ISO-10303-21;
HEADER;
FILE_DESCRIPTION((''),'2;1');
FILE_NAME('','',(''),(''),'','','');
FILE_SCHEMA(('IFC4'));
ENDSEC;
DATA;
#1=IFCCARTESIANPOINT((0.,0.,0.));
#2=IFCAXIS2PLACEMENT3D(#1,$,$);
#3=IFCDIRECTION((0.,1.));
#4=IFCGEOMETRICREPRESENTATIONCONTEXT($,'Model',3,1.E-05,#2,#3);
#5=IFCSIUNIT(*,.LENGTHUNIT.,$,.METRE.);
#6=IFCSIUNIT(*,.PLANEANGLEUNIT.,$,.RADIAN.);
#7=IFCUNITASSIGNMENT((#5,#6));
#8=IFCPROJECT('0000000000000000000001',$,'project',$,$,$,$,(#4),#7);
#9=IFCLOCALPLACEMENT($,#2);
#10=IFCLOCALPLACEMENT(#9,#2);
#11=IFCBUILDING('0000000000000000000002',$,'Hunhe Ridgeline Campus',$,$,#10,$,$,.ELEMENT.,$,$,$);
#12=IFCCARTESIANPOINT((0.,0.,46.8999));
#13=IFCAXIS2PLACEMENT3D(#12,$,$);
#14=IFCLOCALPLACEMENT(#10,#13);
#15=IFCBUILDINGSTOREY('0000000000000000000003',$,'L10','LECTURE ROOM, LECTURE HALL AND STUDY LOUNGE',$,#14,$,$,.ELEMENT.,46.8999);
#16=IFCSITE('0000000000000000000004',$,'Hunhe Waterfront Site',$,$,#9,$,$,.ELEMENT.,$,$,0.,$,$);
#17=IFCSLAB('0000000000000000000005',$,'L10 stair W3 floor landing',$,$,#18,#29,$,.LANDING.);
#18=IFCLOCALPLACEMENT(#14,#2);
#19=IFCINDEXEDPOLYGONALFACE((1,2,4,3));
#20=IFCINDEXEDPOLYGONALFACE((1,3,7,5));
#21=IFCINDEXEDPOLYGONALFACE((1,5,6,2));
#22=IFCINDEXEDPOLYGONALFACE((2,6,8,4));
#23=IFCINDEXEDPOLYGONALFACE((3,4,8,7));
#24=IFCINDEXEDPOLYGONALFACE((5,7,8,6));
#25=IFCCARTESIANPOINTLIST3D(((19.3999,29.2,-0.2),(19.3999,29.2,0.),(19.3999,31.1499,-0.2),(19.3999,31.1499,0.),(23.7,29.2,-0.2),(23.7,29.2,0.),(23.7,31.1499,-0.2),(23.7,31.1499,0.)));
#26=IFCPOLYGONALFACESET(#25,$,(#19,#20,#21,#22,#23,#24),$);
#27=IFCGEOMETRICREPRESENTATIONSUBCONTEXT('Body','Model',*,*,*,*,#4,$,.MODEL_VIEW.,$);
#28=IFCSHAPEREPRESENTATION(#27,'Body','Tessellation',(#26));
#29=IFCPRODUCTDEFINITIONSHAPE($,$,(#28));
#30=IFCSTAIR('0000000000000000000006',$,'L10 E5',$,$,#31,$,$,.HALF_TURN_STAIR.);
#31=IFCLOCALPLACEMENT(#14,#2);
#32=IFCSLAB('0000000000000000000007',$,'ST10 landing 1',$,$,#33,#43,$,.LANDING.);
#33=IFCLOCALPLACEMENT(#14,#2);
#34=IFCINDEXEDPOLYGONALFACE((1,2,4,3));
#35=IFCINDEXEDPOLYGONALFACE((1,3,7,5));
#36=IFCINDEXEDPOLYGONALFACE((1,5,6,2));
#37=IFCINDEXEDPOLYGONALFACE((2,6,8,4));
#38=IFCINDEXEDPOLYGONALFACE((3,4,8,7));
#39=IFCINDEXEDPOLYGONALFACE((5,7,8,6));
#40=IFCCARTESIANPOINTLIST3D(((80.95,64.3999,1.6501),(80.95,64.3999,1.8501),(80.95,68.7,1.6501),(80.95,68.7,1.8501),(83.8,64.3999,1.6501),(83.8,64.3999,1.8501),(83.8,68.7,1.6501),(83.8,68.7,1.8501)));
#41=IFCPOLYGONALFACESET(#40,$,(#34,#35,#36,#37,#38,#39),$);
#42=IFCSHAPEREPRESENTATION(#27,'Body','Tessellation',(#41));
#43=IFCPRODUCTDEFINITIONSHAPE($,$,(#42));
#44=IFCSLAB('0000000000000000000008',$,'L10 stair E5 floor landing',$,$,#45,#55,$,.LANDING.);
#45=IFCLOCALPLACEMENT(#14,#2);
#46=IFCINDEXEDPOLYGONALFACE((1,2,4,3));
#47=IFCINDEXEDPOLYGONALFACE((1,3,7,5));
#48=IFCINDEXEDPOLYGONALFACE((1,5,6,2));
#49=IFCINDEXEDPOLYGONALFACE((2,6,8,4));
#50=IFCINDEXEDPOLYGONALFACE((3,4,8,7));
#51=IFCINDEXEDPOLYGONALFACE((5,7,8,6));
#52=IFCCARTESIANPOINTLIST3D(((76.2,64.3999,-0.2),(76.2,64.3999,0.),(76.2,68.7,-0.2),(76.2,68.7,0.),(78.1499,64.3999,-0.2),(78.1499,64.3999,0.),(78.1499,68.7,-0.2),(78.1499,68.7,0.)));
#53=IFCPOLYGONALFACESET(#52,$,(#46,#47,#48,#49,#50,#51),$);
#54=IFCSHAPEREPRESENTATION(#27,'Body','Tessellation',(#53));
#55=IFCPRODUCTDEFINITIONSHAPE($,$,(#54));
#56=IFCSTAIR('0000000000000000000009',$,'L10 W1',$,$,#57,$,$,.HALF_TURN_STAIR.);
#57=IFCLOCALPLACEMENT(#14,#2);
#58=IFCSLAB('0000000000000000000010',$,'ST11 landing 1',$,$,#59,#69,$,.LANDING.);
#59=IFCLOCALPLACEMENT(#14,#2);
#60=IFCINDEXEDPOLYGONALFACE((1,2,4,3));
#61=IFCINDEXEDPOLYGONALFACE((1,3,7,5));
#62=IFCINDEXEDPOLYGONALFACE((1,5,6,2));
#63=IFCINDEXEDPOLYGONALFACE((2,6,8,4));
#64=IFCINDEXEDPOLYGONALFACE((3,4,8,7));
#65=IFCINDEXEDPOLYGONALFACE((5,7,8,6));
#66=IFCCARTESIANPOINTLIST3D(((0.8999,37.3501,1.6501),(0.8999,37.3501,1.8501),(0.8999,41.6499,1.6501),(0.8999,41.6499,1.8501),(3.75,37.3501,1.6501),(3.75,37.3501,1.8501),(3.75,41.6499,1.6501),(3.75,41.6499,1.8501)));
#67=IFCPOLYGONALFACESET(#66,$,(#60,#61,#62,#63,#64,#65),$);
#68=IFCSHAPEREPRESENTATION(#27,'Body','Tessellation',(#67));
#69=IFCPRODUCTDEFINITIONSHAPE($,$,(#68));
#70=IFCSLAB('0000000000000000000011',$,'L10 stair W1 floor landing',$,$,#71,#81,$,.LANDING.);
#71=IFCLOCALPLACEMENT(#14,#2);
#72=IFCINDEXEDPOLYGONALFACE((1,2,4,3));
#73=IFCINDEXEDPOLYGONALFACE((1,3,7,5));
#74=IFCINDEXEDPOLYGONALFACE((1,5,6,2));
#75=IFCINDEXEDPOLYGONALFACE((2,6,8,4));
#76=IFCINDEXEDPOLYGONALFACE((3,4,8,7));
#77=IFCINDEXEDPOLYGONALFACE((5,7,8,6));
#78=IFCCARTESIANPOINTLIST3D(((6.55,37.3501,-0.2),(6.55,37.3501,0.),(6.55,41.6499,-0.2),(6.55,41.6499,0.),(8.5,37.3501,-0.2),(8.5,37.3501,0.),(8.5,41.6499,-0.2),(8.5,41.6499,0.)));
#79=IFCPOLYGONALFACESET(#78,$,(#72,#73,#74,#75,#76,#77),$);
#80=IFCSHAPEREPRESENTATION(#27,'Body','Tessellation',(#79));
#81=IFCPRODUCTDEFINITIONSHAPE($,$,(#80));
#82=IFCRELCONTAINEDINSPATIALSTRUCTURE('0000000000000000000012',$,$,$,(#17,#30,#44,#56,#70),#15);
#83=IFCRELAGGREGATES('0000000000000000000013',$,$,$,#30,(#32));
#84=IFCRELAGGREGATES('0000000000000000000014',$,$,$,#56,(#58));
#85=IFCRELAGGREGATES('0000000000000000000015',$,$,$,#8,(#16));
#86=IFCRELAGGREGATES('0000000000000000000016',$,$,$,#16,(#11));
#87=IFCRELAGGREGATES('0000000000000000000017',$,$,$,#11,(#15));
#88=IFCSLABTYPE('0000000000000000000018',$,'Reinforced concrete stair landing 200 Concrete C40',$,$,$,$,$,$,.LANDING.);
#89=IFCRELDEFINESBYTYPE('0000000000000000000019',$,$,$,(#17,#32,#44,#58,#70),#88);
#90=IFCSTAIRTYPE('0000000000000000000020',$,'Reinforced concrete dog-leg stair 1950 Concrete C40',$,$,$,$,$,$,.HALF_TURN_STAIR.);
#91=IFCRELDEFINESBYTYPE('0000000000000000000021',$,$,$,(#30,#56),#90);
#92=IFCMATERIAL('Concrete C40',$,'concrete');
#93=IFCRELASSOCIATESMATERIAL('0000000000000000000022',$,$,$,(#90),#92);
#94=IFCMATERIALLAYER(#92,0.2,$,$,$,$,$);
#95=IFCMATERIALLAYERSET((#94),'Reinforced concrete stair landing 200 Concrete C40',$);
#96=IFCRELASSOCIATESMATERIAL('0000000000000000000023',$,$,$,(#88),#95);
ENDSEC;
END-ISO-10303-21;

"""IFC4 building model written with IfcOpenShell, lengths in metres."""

from ifc_helpers import new_model, si_unit, direction, frame, origin, place, context, subcontext, project, spatial, polyline, outline, extrude, material, layer, layer_set, type_object, element, aggregate, save


model = new_model("IFC4")

# Units and contexts
model_context = context("Model", 3, precision=1e-05, world=origin(), true_north=direction((0.0, 1.0)))
body_context = subcontext(model_context, "Body", "Model", "MODEL_VIEW")
ifc_project = project(units=[si_unit("LENGTHUNIT", "METRE"), si_unit("PLANEANGLEUNIT", "RADIAN")], contexts=[model_context])

# Site, building, storey
site_placement = place(None, origin())
site = spatial("IfcSite", under=ifc_project, at=site_placement, Name="Hunhe Waterfront Site", CompositionType="ELEMENT", RefElevation=0.0)
building_placement = place(site_placement, origin())
building = spatial("IfcBuilding", under=site, at=building_placement, Name="Hunhe Ridgeline Campus", CompositionType="ELEMENT")
storey_placement = place(building_placement, frame((0.0, 0.0, 46.8999)))
storey = spatial("IfcBuildingStorey", under=building, at=storey_placement, Name="L10", Description="LECTURE ROOM, LECTURE HALL AND STUDY LOUNGE", CompositionType="ELEMENT", Elevation=46.8999)

# Shared definitions
ifc_material_1 = material(Name="Concrete C40", Category="concrete")

# Shared definitions
stair_type = type_object("IfcStairType", Name="Reinforced concrete dog-leg stair 1950 Concrete C40", PredefinedType="HALF_TURN_STAIR", material=ifc_material_1)
ifc_layer_1 = layer(ifc_material_1, 0.2)
ifc_layer_set_1 = layer_set([ifc_layer_1], Name="Reinforced concrete stair landing 200 Concrete C40")
slab_type_1 = type_object("IfcSlabType", Name="Reinforced concrete stair landing 200 Concrete C40", PredefinedType="LANDING", material=ifc_layer_set_1)

# Slab
slab_1_placement = place(storey_placement, frame((0.0, 0.0, -0.2)))
element("IfcSlab", 1, at=slab_1_placement, inside=storey, type_object=slab_type_1, Name="L10 stair W3 floor landing", PredefinedType="LANDING", context=body_context, shape_type="SweptSolid", body=[
    extrude(outline(polyline([(23.7, 29.2), (23.7, 31.1499), (19.3999, 31.1499), (19.3999, 29.2), (23.7, 29.2)])), origin(), (0.0, 0.0, 1.0), 0.2),
])

# Stair, slab
stair_1_placement = place(storey_placement, origin())
stair_1 = element("IfcStair", 2, at=stair_1_placement, inside=storey, type_object=stair_type, Name="L10 E5", PredefinedType="HALF_TURN_STAIR")
slab_2_placement = place(storey_placement, frame((0.0, 0.0, 1.6501)))
slab_2 = element("IfcSlab", 3, at=slab_2_placement, type_object=slab_type_1, Name="ST10 landing 1", PredefinedType="LANDING", context=body_context, shape_type="SweptSolid", body=[
    extrude(outline(polyline([(80.95, 64.3999), (83.8, 64.3999), (83.8, 68.7), (80.95, 68.7), (80.95, 64.3999)])), origin(), (0.0, 0.0, 1.0), 0.2),
])
aggregate(stair_1, [slab_2])

# Slab
slab_3_placement = place(storey_placement, frame((0.0, 0.0, -0.2)))
element("IfcSlab", 4, at=slab_3_placement, inside=storey, type_object=slab_type_1, Name="L10 stair E5 floor landing", PredefinedType="LANDING", context=body_context, shape_type="SweptSolid", body=[
    extrude(outline(polyline([(76.2, 64.3999), (78.1499, 64.3999), (78.1499, 68.7), (76.2, 68.7), (76.2, 64.3999)])), origin(), (0.0, 0.0, 1.0), 0.2),
])

# Stair, slab
stair_2_placement = place(storey_placement, origin())
stair_2 = element("IfcStair", 5, at=stair_2_placement, inside=storey, type_object=stair_type, Name="L10 W1", PredefinedType="HALF_TURN_STAIR")
slab_4_placement = place(storey_placement, frame((0.0, 0.0, 1.6501)))
slab_4 = element("IfcSlab", 6, at=slab_4_placement, type_object=slab_type_1, Name="ST11 landing 1", PredefinedType="LANDING", context=body_context, shape_type="SweptSolid", body=[
    extrude(outline(polyline([(3.75, 41.6499), (0.8999, 41.6499), (0.8999, 37.3501), (3.75, 37.3501), (3.75, 41.6499)])), origin(), (0.0, 0.0, 1.0), 0.2),
])
aggregate(stair_2, [slab_4])

# Slab
slab_5_placement = place(storey_placement, frame((0.0, 0.0, -0.2)))
element("IfcSlab", 7, at=slab_5_placement, inside=storey, type_object=slab_type_1, Name="L10 stair W1 floor landing", PredefinedType="LANDING", context=body_context, shape_type="SweptSolid", body=[
    extrude(outline(polyline([(8.5, 41.6499), (6.55, 41.6499), (6.55, 37.3501), (8.5, 37.3501), (8.5, 41.6499)])), origin(), (0.0, 0.0, 1.0), 0.2),
])

save(model, "model.ifc")
